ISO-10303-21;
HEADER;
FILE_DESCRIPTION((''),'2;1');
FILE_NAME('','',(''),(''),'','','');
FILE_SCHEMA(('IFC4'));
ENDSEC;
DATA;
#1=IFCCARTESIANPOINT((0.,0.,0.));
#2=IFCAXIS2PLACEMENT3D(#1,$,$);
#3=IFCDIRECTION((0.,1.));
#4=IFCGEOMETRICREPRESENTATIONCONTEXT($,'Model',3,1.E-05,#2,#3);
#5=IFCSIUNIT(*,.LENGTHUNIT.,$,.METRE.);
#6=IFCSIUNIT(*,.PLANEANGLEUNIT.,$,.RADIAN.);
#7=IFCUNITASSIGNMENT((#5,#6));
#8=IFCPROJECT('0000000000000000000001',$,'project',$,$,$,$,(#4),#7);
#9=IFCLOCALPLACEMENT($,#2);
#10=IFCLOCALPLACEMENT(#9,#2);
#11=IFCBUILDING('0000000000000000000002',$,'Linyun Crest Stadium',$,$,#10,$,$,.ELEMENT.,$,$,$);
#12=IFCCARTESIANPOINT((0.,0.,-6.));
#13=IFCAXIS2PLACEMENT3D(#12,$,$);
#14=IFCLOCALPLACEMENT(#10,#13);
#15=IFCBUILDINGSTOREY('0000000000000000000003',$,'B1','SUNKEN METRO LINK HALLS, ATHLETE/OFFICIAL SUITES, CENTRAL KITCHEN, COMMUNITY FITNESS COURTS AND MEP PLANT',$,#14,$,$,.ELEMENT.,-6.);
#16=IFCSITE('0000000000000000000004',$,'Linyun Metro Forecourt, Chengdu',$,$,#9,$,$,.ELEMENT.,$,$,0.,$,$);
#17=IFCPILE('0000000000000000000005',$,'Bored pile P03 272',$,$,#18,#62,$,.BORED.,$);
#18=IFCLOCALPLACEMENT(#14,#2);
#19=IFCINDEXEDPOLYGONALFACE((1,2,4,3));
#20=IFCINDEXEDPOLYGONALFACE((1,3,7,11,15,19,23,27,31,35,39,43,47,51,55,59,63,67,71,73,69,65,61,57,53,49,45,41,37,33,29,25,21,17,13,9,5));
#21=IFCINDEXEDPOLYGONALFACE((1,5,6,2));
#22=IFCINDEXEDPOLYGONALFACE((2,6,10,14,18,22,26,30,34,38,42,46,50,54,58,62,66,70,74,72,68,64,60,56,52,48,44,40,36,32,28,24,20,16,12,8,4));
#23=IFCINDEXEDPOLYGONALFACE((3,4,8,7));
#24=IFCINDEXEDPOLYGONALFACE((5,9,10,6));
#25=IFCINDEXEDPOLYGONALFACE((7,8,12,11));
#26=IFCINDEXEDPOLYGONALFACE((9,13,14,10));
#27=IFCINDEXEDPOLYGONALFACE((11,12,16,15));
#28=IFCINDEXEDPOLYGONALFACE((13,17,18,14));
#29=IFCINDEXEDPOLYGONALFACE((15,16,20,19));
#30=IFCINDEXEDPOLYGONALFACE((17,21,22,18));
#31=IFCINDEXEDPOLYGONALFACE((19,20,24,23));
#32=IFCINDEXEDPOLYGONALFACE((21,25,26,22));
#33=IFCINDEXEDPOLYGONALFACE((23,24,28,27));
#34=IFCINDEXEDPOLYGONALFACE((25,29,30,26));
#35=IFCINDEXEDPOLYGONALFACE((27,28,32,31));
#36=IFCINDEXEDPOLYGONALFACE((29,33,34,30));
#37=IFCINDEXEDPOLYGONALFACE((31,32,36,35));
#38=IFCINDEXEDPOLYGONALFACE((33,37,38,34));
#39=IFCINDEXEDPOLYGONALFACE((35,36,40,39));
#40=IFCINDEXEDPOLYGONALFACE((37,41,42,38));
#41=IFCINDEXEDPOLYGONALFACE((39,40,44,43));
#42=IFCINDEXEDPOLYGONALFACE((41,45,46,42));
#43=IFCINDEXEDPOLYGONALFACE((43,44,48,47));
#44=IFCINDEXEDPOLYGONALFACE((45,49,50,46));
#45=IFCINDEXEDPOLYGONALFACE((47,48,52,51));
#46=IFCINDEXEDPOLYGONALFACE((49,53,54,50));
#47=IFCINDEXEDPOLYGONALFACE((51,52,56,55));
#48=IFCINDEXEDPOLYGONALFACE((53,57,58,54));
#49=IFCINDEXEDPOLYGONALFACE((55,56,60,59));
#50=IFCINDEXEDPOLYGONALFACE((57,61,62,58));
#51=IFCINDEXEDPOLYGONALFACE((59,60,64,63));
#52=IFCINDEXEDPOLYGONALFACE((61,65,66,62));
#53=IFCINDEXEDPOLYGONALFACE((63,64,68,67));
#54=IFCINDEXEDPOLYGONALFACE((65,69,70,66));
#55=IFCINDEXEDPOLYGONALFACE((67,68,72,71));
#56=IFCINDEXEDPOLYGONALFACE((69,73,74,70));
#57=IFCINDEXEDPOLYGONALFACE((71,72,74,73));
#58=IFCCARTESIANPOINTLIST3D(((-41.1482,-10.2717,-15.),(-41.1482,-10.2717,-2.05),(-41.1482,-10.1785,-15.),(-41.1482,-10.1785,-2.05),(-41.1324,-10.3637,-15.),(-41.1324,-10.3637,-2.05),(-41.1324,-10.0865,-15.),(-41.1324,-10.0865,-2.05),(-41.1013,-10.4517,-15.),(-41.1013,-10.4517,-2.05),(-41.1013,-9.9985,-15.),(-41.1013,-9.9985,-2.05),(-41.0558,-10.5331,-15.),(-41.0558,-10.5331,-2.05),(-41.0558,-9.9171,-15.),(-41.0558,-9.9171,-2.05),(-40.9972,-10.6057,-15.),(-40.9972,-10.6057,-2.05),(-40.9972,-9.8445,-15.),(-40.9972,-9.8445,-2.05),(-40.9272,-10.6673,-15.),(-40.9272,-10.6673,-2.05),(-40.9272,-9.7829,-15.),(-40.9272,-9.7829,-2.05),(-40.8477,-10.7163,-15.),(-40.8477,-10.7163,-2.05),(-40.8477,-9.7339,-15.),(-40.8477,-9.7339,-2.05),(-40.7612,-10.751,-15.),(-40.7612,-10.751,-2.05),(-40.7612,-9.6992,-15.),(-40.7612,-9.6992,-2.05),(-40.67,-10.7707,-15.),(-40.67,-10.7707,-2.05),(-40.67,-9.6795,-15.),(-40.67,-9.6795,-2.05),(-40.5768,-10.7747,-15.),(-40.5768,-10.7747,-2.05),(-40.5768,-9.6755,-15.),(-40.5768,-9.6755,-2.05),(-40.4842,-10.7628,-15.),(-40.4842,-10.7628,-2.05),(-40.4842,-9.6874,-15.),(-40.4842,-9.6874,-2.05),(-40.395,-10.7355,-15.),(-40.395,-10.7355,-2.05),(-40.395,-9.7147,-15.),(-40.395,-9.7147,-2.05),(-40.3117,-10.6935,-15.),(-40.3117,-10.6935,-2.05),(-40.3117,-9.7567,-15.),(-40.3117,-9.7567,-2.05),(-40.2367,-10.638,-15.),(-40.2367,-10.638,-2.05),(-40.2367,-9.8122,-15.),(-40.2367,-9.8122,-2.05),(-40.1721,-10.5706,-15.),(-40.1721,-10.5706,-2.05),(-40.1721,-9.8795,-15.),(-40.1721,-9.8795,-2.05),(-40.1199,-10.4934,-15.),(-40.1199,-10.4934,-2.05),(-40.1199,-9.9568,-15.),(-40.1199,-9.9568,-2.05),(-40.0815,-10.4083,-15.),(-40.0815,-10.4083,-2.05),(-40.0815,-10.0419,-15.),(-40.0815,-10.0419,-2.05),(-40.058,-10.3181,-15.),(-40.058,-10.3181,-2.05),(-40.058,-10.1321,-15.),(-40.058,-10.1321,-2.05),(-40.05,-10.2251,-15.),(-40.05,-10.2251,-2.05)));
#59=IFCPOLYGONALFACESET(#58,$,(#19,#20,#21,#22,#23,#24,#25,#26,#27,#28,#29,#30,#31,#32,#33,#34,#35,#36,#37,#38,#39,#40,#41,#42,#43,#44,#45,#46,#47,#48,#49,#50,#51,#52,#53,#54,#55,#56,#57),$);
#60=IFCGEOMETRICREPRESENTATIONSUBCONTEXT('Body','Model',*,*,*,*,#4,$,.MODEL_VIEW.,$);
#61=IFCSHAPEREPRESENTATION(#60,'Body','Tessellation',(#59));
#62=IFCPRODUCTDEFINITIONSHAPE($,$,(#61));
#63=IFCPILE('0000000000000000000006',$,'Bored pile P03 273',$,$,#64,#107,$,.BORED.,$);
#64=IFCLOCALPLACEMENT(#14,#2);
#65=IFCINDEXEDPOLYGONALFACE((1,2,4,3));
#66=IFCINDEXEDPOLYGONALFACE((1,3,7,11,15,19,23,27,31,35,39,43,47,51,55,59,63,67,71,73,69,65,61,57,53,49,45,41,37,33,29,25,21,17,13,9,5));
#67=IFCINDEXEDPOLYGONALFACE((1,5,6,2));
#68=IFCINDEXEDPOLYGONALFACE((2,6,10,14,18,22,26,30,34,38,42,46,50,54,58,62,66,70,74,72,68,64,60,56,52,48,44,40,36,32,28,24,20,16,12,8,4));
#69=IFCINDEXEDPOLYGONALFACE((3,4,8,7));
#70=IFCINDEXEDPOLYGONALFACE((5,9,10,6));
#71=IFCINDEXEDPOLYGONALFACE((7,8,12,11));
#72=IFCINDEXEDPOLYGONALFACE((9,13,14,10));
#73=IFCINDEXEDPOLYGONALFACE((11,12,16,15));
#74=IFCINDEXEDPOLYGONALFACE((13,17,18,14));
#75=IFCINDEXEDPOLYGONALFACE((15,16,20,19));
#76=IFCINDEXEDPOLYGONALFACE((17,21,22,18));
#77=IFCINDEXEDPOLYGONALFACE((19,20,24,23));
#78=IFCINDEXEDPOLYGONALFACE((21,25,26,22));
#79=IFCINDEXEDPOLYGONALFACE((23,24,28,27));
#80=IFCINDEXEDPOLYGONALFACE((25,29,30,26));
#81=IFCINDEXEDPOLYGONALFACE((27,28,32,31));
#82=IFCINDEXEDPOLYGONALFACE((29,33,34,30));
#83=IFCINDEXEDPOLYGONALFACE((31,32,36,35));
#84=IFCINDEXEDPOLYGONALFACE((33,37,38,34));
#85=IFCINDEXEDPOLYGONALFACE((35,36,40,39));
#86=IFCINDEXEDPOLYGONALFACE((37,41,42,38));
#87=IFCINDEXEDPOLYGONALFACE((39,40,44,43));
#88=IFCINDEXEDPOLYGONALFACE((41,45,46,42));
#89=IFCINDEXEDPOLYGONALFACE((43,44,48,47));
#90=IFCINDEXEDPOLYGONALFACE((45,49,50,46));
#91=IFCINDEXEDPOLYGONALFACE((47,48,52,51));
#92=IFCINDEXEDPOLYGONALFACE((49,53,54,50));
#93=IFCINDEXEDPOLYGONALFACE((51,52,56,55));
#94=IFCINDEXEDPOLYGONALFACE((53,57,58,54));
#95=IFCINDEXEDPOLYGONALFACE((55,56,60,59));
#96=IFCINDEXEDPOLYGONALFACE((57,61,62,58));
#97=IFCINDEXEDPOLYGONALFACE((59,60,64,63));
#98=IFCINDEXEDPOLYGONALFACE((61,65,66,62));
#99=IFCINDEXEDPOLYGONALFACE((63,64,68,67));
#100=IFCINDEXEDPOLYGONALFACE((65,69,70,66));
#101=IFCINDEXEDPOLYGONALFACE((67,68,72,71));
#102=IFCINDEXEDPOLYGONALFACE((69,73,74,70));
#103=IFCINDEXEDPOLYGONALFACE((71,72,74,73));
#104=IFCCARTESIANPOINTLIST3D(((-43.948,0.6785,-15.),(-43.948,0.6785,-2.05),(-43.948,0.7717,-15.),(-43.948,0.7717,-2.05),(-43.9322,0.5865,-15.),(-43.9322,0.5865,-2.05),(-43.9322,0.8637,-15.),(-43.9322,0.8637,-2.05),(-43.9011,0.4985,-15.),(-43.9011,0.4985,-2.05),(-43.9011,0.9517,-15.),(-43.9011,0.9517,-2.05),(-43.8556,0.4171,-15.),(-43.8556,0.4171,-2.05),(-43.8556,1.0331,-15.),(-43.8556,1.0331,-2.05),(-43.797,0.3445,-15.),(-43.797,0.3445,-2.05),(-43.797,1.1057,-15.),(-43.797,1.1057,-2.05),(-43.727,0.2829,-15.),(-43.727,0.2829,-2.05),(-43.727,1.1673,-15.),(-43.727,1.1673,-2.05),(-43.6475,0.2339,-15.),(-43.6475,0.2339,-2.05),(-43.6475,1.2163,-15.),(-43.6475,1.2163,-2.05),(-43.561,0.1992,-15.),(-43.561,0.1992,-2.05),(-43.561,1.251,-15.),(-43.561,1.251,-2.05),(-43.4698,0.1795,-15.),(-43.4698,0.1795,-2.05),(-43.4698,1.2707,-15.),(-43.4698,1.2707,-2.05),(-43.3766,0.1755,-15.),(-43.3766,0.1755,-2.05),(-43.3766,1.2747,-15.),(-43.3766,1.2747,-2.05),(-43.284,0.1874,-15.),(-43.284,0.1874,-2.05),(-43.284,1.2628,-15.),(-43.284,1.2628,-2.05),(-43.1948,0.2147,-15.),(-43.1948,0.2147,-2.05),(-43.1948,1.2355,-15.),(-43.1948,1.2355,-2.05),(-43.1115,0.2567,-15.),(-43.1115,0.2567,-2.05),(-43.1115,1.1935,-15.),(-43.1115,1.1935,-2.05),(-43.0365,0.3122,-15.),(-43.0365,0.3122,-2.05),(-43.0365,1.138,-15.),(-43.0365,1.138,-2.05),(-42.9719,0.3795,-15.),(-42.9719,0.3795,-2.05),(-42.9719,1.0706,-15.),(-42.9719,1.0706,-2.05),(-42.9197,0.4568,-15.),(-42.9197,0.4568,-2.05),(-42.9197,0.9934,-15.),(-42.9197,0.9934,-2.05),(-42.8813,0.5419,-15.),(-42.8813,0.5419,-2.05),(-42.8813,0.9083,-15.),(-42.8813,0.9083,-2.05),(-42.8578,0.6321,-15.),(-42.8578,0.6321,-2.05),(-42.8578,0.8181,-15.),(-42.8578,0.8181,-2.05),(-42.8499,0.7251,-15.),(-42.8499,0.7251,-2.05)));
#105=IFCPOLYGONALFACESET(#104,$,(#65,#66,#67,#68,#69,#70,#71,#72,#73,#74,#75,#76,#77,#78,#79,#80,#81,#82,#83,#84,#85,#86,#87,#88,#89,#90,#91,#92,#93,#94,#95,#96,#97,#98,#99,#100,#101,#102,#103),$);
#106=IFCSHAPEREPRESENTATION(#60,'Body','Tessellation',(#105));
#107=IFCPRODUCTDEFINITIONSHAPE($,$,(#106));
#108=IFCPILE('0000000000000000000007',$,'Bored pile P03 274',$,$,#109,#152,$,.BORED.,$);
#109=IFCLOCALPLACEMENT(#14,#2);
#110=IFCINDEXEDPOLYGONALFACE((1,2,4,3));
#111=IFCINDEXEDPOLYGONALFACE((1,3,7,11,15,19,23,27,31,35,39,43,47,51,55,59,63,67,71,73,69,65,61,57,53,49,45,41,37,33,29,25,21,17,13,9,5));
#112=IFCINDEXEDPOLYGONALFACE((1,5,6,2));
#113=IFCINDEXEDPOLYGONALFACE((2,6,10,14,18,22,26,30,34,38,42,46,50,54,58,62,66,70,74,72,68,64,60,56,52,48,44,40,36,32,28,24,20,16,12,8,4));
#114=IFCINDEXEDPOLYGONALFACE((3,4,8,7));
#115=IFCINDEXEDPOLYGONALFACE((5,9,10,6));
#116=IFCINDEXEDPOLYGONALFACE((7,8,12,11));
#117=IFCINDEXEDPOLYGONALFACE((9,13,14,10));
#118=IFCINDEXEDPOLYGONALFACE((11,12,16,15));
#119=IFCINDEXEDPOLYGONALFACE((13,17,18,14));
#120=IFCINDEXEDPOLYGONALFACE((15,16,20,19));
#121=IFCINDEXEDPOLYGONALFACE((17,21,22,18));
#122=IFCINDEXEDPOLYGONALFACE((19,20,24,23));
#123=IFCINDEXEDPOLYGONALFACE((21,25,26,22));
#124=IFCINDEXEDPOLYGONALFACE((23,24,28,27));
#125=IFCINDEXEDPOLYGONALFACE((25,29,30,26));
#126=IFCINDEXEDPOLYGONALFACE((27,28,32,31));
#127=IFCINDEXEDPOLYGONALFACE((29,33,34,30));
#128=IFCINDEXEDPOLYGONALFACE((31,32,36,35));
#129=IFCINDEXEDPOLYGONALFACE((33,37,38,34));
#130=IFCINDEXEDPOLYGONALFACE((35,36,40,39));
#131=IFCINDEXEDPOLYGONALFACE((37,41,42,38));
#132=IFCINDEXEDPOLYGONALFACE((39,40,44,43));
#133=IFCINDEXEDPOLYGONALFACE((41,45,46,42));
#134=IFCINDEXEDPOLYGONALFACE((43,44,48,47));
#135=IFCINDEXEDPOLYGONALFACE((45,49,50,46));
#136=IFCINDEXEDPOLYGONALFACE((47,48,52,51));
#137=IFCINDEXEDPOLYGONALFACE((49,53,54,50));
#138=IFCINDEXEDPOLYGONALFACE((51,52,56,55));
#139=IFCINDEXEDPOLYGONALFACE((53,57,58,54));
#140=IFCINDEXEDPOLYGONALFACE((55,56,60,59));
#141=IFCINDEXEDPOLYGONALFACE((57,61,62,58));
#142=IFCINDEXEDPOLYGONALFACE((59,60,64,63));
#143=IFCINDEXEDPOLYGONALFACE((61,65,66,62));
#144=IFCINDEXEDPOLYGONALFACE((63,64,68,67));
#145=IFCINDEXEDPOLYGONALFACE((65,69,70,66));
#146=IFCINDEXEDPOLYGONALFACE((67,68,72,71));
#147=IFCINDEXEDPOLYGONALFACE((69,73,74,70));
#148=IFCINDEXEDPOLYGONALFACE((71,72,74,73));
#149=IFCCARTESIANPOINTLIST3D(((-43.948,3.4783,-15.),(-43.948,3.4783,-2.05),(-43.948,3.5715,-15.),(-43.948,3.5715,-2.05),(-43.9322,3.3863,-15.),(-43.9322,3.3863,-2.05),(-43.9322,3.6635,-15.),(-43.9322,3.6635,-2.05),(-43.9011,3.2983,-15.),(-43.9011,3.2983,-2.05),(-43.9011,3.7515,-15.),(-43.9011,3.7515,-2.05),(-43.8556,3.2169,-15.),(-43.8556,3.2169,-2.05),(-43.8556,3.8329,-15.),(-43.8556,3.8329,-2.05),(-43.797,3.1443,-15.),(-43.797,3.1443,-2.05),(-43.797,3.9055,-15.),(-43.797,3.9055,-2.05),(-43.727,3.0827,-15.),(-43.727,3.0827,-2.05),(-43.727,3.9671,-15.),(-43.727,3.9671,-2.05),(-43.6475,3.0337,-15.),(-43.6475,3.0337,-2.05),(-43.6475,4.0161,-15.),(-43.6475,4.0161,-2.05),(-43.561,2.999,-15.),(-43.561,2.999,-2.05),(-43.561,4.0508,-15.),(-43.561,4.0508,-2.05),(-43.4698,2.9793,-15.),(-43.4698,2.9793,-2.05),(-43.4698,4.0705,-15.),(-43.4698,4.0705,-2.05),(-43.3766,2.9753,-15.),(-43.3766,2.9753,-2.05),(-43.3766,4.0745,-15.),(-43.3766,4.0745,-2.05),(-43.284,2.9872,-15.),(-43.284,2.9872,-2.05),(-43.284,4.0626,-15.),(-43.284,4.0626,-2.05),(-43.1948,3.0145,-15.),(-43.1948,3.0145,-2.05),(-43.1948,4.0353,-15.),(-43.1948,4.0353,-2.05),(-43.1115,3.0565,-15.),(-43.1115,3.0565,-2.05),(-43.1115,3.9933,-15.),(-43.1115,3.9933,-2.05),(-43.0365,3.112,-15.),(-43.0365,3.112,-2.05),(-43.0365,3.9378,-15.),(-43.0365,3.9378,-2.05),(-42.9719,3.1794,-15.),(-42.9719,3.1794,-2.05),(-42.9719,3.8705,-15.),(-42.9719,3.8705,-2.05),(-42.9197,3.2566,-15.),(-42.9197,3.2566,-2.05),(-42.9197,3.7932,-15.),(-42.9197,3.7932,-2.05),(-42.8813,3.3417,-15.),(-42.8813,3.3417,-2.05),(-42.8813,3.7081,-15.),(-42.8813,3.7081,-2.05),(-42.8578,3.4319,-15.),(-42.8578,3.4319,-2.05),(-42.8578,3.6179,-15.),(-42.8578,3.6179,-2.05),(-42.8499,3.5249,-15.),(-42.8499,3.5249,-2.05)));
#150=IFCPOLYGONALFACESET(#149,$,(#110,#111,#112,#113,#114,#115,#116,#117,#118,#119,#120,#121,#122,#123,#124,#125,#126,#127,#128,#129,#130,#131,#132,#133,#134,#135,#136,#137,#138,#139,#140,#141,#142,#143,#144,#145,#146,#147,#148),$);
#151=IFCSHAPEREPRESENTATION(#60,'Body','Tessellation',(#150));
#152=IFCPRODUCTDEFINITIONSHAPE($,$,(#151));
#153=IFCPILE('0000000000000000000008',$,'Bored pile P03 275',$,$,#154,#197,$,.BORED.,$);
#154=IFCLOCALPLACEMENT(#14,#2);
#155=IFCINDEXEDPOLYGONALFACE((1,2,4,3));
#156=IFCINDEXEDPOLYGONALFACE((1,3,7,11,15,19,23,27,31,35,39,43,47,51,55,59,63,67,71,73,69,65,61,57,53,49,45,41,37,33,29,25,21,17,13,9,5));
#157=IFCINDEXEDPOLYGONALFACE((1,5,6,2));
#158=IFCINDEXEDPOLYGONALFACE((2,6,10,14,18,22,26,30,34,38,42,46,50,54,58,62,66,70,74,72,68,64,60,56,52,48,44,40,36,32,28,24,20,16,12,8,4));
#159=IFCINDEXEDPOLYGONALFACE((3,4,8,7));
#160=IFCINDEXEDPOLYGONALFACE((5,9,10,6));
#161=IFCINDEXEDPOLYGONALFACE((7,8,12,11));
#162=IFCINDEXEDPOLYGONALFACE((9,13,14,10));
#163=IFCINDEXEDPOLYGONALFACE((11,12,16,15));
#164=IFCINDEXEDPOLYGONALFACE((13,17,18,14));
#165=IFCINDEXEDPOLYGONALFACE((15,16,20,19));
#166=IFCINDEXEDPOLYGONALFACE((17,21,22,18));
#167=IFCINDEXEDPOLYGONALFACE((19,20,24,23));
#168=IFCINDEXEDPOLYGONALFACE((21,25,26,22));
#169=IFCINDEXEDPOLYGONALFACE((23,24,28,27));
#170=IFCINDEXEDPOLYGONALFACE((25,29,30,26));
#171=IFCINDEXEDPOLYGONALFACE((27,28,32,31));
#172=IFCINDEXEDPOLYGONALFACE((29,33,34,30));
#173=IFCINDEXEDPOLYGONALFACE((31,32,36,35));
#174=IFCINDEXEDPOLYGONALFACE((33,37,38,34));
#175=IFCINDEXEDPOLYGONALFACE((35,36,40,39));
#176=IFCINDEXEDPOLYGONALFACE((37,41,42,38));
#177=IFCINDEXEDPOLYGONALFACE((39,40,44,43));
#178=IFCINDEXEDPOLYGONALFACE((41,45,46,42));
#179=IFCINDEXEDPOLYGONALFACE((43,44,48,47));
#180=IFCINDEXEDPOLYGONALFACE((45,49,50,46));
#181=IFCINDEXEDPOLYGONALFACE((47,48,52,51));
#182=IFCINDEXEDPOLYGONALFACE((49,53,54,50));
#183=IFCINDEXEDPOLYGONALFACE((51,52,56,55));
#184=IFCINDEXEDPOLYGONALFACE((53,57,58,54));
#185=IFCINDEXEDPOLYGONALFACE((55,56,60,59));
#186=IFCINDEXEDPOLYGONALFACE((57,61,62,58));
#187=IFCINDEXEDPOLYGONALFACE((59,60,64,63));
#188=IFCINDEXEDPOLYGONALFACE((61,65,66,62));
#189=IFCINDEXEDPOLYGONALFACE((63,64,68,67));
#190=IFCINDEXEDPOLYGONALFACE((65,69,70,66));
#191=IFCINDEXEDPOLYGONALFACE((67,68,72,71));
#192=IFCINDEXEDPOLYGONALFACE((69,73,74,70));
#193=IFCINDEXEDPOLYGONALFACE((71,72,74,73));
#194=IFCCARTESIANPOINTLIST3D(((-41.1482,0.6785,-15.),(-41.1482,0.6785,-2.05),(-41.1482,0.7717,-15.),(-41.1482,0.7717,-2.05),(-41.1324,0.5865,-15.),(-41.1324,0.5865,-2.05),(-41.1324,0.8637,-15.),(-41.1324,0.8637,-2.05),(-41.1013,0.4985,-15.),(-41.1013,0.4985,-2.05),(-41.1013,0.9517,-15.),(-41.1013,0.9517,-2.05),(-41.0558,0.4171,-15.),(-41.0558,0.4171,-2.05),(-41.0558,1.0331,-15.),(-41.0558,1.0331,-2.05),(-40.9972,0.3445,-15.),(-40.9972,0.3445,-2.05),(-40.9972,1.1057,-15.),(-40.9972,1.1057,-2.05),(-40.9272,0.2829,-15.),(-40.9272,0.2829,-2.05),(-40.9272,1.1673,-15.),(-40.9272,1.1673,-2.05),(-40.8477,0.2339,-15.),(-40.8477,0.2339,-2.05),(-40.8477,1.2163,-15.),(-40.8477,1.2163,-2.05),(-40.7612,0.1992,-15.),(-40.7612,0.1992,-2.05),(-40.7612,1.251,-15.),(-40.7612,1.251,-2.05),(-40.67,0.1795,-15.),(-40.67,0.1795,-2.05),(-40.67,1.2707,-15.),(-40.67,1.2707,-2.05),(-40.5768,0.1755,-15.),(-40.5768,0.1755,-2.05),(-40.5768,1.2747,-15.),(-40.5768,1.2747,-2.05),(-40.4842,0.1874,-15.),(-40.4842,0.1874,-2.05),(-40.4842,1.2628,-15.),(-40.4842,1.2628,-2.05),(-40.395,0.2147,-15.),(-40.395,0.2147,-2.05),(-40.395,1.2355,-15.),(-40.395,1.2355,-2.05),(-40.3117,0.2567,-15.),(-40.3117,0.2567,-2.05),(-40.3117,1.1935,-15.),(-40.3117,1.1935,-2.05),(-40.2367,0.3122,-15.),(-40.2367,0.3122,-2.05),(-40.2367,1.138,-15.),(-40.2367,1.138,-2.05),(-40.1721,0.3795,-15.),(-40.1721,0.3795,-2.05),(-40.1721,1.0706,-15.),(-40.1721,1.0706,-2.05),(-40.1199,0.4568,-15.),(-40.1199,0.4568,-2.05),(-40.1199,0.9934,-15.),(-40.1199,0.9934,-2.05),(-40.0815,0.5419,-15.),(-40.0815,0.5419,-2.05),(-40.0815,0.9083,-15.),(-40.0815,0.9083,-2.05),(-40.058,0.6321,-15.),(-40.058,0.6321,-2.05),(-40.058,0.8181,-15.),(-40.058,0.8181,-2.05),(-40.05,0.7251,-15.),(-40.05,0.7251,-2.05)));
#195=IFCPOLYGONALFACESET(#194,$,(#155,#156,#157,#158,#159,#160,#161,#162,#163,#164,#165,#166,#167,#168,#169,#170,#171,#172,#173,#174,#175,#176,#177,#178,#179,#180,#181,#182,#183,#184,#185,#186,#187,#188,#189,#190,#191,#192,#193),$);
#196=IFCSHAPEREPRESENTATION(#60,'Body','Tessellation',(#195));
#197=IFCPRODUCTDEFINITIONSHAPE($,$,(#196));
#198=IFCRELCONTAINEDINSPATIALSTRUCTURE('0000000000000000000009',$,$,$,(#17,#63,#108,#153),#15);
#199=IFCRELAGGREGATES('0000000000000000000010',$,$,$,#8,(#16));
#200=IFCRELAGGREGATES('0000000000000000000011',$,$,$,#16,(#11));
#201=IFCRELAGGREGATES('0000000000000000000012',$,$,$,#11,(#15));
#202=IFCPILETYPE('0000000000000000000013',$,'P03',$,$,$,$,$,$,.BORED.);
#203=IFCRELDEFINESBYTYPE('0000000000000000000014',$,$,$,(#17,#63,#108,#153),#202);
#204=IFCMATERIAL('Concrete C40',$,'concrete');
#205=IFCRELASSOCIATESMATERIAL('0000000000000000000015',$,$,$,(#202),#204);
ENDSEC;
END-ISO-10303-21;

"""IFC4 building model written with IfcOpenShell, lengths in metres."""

from ifc_helpers import new_model, si_unit, direction, frame, origin, origin_2d, place, context, subcontext, project, spatial, circle, extrude, material, material_profile, profile_set, type_object, element, save


model = new_model("IFC4")

# Units and contexts
model_context = context("Model", 3, precision=1e-05, world=origin(), true_north=direction((0.0, 1.0)))
body_context = subcontext(model_context, "Body", "Model", "MODEL_VIEW")
ifc_project = project(units=[si_unit("LENGTHUNIT", "METRE"), si_unit("PLANEANGLEUNIT", "RADIAN")], contexts=[model_context])

# Site, building, storey
site_placement = place(None, origin())
site = spatial("IfcSite", under=ifc_project, at=site_placement, Name="Linyun Metro Forecourt, Chengdu", CompositionType="ELEMENT", RefElevation=0.0)
building_placement = place(site_placement, origin())
building = spatial("IfcBuilding", under=site, at=building_placement, Name="Linyun Crest Stadium", CompositionType="ELEMENT")
storey_placement = place(building_placement, frame((0.0, 0.0, -6.0)))
storey = spatial("IfcBuildingStorey", under=building, at=storey_placement, Name="B1", Description="SUNKEN METRO LINK HALLS, ATHLETE/OFFICIAL SUITES, CENTRAL KITCHEN, COMMUNITY FITNESS COURTS AND MEP PLANT", CompositionType="ELEMENT", Elevation=-6.0)

# Piles
ifc_material_1 = material(Name="Concrete C40", Category="concrete")
ifc_material_profile_1 = material_profile(ifc_material_1, circle(Radius=0.55, at=origin_2d()), Name="BORED PILE 1100")
ifc_profile_set_1 = profile_set([ifc_material_profile_1], Name="Concrete C40")
pile_type_1 = type_object("IfcPileType", Name="P03", PredefinedType="BORED", material=ifc_profile_set_1)
for number, where, z_axis, x_axis, name in (
    (1, (-40.6001, -10.2251, -2.05), (0.0, 0.0, -1.0), (1.0, 0.0, 0.0), "Bored pile P03 272"),
    (2, (-43.3999, 0.7251, -2.05), (0.0, 0.0, -1.0), (1.0, 0.0, 0.0), "Bored pile P03 273"),
    (3, (-43.3999, 3.5249, -2.05), (0.0, 0.0, -1.0), (1.0, 0.0, 0.0), "Bored pile P03 274"),
    (4, (-40.6001, 0.7251, -2.05), (0.0, 0.0, -1.0), (1.0, 0.0, 0.0), "Bored pile P03 275"),
):
    element("IfcPile", number, at=place(storey_placement, frame(where, z_axis=z_axis, x_axis=x_axis)), inside=storey, type_object=pile_type_1, Name=name, PredefinedType="BORED", context=body_context, shape_type="SweptSolid", body=[
        extrude(circle(Radius=0.55, at=origin_2d()), origin(), (0.0, 0.0, 1.0), 12.95),
    ])

save(model, "model.ifc")
